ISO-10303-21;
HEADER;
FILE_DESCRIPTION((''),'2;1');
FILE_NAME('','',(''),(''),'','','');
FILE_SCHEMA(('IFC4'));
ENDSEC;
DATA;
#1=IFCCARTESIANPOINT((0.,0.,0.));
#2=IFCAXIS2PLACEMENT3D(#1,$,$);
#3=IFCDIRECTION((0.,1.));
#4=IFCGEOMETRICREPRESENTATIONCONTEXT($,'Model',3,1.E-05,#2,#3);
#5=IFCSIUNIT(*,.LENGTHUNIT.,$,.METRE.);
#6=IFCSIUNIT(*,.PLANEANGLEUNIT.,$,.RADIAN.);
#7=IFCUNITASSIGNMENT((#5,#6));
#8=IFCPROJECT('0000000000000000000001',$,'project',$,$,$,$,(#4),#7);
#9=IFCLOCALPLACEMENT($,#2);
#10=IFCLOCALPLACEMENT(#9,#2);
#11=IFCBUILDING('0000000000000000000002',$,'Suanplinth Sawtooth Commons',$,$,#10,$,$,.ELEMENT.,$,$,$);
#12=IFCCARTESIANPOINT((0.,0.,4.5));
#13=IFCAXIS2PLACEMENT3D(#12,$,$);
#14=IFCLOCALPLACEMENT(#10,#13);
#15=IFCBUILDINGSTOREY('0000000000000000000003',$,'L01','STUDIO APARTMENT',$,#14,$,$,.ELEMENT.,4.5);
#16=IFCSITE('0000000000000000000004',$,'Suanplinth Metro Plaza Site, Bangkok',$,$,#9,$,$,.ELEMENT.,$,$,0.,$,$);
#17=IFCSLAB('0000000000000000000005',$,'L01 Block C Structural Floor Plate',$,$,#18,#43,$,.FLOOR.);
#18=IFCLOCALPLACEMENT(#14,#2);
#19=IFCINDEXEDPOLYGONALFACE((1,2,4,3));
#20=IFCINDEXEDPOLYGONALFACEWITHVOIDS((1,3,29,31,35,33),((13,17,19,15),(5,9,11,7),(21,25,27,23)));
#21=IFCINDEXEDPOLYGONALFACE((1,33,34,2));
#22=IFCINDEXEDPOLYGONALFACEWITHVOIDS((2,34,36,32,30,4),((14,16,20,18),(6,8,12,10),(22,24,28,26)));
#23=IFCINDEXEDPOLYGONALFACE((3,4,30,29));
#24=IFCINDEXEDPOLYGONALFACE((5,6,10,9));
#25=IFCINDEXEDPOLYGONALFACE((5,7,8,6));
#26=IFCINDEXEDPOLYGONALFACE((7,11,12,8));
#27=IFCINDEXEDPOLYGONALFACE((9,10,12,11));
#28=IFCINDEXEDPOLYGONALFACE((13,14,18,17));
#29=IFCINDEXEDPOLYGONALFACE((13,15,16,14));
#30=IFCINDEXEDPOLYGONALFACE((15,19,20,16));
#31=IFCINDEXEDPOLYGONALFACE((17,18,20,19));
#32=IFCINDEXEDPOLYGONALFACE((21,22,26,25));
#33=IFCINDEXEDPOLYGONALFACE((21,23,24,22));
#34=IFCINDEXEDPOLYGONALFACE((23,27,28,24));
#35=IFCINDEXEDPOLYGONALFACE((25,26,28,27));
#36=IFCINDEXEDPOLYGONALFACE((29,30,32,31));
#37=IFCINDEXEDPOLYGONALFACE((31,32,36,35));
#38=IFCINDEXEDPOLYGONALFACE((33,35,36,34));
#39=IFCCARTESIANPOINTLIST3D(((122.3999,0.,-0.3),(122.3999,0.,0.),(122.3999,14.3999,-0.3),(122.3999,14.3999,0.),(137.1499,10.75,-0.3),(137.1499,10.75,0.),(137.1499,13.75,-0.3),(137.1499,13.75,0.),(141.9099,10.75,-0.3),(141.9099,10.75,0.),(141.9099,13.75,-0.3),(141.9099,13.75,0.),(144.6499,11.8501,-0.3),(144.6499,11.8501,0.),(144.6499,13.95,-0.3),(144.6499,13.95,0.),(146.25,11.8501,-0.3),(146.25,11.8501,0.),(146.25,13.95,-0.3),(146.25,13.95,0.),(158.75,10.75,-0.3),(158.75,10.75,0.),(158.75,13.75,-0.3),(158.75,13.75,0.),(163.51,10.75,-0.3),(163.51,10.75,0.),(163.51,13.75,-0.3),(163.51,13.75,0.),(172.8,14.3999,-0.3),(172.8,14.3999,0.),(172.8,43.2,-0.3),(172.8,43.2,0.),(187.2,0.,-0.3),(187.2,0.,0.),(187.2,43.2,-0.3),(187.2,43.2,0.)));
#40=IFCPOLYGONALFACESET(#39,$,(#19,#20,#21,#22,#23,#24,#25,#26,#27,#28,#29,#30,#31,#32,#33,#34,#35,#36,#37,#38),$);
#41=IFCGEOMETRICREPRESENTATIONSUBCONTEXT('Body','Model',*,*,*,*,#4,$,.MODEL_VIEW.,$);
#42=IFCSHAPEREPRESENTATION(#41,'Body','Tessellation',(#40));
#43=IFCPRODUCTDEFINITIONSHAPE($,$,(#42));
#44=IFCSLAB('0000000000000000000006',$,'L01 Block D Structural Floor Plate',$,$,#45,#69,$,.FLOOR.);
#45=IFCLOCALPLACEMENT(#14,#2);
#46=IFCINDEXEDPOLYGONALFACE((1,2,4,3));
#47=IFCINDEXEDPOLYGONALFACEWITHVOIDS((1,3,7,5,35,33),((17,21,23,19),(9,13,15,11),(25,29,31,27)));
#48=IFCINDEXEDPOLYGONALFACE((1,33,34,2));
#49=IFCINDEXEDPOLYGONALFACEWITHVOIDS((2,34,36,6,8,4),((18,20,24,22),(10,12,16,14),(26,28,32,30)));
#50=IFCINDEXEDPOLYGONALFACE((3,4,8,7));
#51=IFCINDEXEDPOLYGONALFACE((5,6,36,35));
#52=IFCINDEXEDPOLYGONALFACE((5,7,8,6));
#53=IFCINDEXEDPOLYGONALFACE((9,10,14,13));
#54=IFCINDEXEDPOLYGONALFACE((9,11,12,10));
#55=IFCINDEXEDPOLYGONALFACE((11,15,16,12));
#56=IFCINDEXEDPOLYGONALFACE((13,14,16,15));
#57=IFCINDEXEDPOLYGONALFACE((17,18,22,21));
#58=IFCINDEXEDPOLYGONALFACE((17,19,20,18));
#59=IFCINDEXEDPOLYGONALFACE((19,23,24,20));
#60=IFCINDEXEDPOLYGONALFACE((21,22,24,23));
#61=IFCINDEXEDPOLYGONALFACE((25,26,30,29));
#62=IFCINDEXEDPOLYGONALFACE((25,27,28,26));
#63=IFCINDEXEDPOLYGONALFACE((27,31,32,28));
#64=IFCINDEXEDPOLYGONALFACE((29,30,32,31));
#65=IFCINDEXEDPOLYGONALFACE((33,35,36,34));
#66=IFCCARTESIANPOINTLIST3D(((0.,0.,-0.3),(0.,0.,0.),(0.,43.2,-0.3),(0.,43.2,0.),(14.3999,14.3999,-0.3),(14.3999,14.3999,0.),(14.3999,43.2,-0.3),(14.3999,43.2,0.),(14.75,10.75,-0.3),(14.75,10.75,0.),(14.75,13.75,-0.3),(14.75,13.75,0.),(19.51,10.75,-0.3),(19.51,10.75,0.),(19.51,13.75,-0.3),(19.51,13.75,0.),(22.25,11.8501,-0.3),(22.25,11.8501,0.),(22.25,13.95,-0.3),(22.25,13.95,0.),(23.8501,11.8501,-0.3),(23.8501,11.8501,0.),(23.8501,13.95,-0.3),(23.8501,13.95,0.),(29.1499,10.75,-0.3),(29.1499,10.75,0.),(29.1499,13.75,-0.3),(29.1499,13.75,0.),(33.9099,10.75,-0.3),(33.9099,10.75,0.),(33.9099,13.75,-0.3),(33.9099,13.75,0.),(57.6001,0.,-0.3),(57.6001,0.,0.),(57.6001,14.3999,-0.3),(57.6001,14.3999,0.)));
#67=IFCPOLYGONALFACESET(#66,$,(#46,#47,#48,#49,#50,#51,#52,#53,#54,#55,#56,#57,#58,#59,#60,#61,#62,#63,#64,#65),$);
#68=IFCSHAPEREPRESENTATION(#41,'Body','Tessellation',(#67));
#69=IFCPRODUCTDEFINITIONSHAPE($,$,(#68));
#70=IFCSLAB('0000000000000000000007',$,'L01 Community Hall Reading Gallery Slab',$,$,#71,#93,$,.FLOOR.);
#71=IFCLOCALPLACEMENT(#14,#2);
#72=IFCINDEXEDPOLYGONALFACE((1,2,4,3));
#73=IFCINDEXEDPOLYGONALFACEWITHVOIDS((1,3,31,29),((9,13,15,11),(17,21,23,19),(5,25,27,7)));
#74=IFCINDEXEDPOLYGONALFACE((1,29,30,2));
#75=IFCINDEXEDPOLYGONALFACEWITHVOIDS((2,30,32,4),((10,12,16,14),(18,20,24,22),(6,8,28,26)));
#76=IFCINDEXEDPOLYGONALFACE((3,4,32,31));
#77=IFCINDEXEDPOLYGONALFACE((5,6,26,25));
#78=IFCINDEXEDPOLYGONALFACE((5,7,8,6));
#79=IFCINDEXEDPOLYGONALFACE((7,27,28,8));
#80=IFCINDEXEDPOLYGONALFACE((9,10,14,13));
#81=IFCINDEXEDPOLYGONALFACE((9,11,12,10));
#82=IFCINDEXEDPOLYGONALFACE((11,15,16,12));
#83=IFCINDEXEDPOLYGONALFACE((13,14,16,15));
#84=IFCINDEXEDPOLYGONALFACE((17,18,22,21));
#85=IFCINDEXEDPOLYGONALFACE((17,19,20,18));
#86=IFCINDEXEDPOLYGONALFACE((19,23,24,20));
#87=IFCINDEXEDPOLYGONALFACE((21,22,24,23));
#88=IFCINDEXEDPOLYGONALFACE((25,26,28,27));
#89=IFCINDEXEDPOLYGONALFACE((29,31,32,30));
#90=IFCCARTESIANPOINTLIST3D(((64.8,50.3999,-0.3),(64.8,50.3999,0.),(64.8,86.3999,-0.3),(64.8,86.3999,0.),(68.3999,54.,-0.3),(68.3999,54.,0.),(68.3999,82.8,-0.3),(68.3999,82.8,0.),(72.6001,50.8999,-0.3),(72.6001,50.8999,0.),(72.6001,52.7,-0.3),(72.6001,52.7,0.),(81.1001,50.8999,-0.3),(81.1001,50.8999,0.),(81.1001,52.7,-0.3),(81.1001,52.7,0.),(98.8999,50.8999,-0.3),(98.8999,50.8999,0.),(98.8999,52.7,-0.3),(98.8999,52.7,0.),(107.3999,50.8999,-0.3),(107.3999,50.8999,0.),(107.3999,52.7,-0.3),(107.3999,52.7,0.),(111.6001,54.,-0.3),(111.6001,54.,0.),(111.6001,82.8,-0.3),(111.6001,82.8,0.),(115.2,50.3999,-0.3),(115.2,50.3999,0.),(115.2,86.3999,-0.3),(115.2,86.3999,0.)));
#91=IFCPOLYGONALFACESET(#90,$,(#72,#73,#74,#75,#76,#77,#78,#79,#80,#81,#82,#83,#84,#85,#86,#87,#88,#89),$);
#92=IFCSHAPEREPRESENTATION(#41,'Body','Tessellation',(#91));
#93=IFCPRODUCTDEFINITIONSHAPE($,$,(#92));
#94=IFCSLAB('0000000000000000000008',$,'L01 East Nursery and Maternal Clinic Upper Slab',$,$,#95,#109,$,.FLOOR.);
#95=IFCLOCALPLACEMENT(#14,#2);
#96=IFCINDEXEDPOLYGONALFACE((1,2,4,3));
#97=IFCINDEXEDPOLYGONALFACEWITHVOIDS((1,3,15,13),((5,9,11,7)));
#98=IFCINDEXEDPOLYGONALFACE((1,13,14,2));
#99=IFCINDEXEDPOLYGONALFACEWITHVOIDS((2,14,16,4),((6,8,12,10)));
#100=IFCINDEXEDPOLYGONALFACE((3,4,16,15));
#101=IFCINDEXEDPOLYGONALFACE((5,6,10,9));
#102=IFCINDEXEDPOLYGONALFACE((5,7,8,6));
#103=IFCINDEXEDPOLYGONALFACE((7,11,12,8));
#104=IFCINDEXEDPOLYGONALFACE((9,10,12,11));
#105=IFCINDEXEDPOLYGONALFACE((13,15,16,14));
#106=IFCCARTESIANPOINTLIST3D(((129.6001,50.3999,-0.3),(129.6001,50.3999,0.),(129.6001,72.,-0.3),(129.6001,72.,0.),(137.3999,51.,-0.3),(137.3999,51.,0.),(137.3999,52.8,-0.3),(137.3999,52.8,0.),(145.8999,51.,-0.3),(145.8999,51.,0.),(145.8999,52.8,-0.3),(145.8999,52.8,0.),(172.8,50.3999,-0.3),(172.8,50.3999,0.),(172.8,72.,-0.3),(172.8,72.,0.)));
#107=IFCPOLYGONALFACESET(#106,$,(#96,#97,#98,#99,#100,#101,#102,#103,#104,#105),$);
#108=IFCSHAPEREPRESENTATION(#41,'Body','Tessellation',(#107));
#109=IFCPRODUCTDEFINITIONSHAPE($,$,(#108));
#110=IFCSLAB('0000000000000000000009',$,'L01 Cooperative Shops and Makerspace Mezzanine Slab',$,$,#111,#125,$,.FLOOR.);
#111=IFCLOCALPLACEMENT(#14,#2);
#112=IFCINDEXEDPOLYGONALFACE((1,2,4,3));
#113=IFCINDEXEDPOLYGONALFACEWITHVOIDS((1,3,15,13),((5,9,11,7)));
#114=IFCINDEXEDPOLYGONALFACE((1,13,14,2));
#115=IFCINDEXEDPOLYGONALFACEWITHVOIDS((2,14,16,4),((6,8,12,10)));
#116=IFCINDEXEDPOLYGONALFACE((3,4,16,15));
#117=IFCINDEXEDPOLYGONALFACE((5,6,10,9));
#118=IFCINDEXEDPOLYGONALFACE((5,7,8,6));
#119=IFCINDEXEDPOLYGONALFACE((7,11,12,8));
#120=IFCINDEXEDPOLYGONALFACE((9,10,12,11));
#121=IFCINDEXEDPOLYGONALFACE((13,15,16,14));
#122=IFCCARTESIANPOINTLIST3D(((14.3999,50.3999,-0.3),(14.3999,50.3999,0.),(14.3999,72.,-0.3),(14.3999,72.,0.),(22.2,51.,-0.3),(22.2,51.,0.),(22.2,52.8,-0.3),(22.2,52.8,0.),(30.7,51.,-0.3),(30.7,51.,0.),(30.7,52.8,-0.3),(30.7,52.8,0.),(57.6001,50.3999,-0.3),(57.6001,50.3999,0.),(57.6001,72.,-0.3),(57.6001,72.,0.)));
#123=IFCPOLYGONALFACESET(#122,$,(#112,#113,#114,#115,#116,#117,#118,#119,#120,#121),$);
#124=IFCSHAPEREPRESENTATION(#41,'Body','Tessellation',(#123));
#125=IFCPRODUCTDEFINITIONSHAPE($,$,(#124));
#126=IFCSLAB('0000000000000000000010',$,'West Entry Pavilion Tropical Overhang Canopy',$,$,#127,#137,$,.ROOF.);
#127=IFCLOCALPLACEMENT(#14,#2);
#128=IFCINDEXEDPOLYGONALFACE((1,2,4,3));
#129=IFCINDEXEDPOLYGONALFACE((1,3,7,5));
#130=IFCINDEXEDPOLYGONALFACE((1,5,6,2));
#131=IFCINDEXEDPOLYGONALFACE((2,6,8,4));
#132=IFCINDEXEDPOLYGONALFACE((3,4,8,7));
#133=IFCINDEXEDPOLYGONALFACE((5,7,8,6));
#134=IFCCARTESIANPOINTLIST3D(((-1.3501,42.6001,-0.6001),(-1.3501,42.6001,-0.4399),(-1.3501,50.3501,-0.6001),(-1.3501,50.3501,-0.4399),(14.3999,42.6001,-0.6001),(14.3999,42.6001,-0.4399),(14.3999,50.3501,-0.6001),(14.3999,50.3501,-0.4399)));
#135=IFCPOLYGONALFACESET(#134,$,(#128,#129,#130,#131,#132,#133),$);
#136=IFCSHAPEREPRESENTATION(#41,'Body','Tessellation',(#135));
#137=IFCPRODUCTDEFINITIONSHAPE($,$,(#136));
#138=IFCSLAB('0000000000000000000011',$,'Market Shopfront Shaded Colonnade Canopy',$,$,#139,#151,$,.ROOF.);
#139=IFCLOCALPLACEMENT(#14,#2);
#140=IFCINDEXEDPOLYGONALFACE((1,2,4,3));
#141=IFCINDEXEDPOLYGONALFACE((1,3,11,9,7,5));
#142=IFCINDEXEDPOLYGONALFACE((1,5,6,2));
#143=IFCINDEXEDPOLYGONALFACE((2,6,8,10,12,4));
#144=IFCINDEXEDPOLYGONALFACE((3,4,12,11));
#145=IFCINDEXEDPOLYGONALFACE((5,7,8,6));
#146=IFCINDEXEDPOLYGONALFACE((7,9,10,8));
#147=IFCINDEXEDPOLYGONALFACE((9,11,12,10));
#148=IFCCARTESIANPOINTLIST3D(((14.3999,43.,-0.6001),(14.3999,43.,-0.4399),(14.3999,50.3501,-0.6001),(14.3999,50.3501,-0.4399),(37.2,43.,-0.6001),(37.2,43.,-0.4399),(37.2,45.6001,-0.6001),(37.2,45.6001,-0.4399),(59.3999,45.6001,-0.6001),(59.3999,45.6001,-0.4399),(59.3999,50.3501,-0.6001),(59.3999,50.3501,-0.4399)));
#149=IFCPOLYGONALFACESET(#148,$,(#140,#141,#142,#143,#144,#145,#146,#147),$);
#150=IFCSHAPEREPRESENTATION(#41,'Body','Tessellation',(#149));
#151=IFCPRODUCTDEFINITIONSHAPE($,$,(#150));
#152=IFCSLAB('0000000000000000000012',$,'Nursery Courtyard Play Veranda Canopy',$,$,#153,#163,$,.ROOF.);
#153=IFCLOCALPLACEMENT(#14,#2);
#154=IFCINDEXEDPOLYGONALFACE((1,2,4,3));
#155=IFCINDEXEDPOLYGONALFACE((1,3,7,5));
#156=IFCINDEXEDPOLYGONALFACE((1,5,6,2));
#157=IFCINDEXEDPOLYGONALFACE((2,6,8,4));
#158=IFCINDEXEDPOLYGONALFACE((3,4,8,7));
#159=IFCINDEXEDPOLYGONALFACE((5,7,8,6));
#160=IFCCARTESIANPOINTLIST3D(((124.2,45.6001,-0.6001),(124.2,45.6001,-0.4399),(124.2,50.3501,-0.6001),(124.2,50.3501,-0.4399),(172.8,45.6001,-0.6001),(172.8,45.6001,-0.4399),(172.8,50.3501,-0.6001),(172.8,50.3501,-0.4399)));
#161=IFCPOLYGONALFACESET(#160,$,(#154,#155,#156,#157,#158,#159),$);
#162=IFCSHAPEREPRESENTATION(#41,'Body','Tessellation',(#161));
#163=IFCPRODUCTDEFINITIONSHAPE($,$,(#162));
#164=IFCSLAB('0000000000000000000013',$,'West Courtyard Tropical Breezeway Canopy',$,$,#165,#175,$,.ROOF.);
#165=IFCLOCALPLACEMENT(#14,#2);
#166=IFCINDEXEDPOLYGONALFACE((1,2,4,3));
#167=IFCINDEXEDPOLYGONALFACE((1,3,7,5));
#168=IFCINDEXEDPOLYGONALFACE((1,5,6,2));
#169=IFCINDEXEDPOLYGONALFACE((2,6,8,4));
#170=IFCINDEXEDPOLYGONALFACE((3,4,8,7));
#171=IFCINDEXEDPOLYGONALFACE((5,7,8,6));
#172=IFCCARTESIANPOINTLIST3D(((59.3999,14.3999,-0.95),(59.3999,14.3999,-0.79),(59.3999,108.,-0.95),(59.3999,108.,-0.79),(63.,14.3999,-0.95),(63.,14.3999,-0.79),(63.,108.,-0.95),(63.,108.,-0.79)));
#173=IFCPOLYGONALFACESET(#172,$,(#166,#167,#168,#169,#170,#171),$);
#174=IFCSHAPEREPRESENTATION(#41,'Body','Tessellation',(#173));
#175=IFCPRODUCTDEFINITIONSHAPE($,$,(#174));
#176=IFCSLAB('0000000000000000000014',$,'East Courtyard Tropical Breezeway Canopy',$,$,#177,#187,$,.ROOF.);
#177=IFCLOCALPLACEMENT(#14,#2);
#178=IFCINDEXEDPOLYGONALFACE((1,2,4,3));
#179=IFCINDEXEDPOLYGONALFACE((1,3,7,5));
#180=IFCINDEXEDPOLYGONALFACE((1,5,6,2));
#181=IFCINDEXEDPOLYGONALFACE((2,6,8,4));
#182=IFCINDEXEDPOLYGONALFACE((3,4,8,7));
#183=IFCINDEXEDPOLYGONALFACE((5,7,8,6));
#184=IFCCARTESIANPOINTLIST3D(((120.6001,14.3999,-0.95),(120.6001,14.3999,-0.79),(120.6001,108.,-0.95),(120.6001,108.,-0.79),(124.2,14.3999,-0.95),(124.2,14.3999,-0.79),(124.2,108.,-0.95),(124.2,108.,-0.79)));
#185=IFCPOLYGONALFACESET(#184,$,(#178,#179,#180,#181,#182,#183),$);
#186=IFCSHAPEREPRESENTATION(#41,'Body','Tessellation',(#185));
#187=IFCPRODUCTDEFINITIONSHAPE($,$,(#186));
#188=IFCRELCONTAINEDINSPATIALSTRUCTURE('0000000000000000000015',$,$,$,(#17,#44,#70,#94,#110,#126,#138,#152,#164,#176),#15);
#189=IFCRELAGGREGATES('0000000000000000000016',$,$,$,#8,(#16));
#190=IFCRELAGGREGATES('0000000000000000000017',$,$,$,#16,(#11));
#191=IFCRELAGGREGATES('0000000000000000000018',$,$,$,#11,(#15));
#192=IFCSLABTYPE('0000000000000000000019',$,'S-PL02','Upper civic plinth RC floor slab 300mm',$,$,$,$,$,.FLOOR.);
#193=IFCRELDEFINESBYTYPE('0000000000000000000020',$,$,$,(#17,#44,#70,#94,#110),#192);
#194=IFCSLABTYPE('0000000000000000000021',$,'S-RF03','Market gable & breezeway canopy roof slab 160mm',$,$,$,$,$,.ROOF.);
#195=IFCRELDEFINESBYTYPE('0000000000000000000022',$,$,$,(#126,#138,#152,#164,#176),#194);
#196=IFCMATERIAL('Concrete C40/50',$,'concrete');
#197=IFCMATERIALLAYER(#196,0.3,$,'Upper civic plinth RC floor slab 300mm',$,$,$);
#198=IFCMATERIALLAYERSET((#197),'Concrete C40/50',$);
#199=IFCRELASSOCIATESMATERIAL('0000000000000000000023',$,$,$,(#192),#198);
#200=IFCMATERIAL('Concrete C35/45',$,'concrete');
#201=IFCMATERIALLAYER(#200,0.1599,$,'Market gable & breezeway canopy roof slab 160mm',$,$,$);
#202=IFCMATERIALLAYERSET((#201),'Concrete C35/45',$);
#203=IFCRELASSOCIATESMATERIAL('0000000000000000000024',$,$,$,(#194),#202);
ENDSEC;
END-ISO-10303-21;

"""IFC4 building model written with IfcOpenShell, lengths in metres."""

from ifc_helpers import new_model, si_unit, direction, frame, origin, place, context, subcontext, project, spatial, polyline, outline, extrude, material, layer, layer_set, type_object, element, save


model = new_model("IFC4")

# Units and contexts
model_context = context("Model", 3, precision=1e-05, world=origin(), true_north=direction((0.0, 1.0)))
body_context = subcontext(model_context, "Body", "Model", "MODEL_VIEW")
ifc_project = project(units=[si_unit("LENGTHUNIT", "METRE"), si_unit("PLANEANGLEUNIT", "RADIAN")], contexts=[model_context])

# Site, building, storey
site_placement = place(None, origin())
site = spatial("IfcSite", under=ifc_project, at=site_placement, Name="Suanplinth Metro Plaza Site, Bangkok", CompositionType="ELEMENT", RefElevation=0.0)
building_placement = place(site_placement, origin())
building = spatial("IfcBuilding", under=site, at=building_placement, Name="Suanplinth Sawtooth Commons", CompositionType="ELEMENT")
storey_placement = place(building_placement, frame((0.0, 0.0, 4.5)))
storey = spatial("IfcBuildingStorey", under=building, at=storey_placement, Name="L01", Description="STUDIO APARTMENT", CompositionType="ELEMENT", Elevation=4.5)

# Shared definitions
ifc_material_1 = material(Name="Concrete C40/50", Category="concrete")

# Slabs
ifc_layer_1 = layer(ifc_material_1, 0.3, Name="Upper civic plinth RC floor slab 300mm")
ifc_layer_set_1 = layer_set([ifc_layer_1], Name="Concrete C40/50")
slab_type_1 = type_object("IfcSlabType", Name="S-PL02", Description="Upper civic plinth RC floor slab 300mm", PredefinedType="FLOOR", material=ifc_layer_set_1)
slab_1_placement = place(storey_placement, frame((0.0, 0.0, -0.3)))
element("IfcSlab", 1, at=slab_1_placement, inside=storey, type_object=slab_type_1, Name="L01 Block C Structural Floor Plate", PredefinedType="FLOOR", context=body_context, shape_type="SweptSolid", body=[
    extrude(outline(polyline([(187.2, 0.0), (122.3999, 0.0), (122.3999, 14.3999), (172.8, 14.3999), (172.8, 43.2), (187.2, 43.2), (187.2, 0.0)]), holes=[polyline([(137.1499, 10.75), (141.9099, 10.75), (141.9099, 13.75), (137.1499, 13.75), (137.1499, 10.75)]), polyline([(144.6499, 11.8501), (146.25, 11.8501), (146.25, 13.95), (144.6499, 13.95), (144.6499, 11.8501)]), polyline([(158.75, 10.75), (163.51, 10.75), (163.51, 13.75), (158.75, 13.75), (158.75, 10.75)])]), origin(), (0.0, 0.0, 1.0), 0.3),
])
slab_2_placement = place(storey_placement, frame((0.0, 0.0, -0.3)))
element("IfcSlab", 2, at=slab_2_placement, inside=storey, type_object=slab_type_1, Name="L01 Block D Structural Floor Plate", PredefinedType="FLOOR", context=body_context, shape_type="SweptSolid", body=[
    extrude(outline(polyline([(0.0, 0.0), (0.0, 43.2), (14.3999, 43.2), (14.3999, 14.3999), (57.6001, 14.3999), (57.6001, 0.0), (0.0, 0.0)]), holes=[polyline([(14.75, 10.75), (19.51, 10.75), (19.51, 13.75), (14.75, 13.75), (14.75, 10.75)]), polyline([(22.25, 11.8501), (23.8501, 11.8501), (23.8501, 13.95), (22.25, 13.95), (22.25, 11.8501)]), polyline([(29.1499, 10.75), (33.9099, 10.75), (33.9099, 13.75), (29.1499, 13.75), (29.1499, 10.75)])]), origin(), (0.0, 0.0, 1.0), 0.3),
])
slab_3_placement = place(storey_placement, frame((0.0, 0.0, -0.3)))
element("IfcSlab", 3, at=slab_3_placement, inside=storey, type_object=slab_type_1, Name="L01 Community Hall Reading Gallery Slab", PredefinedType="FLOOR", context=body_context, shape_type="SweptSolid", body=[
    extrude(outline(polyline([(64.8, 50.3999), (115.2, 50.3999), (115.2, 86.3999), (64.8, 86.3999), (64.8, 50.3999)]), holes=[polyline([(68.3999, 54.0), (111.6001, 54.0), (111.6001, 82.8), (68.3999, 82.8), (68.3999, 54.0)]), polyline([(72.6001, 50.8999), (81.1001, 50.8999), (81.1001, 52.7), (72.6001, 52.7), (72.6001, 50.8999)]), polyline([(98.8999, 50.8999), (107.3999, 50.8999), (107.3999, 52.7), (98.8999, 52.7), (98.8999, 50.8999)])]), origin(), (0.0, 0.0, 1.0), 0.3),
])
slab_4_placement = place(storey_placement, frame((0.0, 0.0, -0.3)))
element("IfcSlab", 4, at=slab_4_placement, inside=storey, type_object=slab_type_1, Name="L01 East Nursery and Maternal Clinic Upper Slab", PredefinedType="FLOOR", context=body_context, shape_type="SweptSolid", body=[
    extrude(outline(polyline([(129.6001, 50.3999), (172.8, 50.3999), (172.8, 72.0), (129.6001, 72.0), (129.6001, 50.3999)]), holes=[polyline([(137.3999, 51.0), (145.8999, 51.0), (145.8999, 52.8), (137.3999, 52.8), (137.3999, 51.0)])]), origin(), (0.0, 0.0, 1.0), 0.3),
])
slab_5_placement = place(storey_placement, frame((0.0, 0.0, -0.3)))
element("IfcSlab", 5, at=slab_5_placement, inside=storey, type_object=slab_type_1, Name="L01 Cooperative Shops and Makerspace Mezzanine Slab", PredefinedType="FLOOR", context=body_context, shape_type="SweptSolid", body=[
    extrude(outline(polyline([(14.3999, 50.3999), (57.6001, 50.3999), (57.6001, 72.0), (14.3999, 72.0), (14.3999, 50.3999)]), holes=[polyline([(22.2, 51.0), (30.7, 51.0), (30.7, 52.8), (22.2, 52.8), (22.2, 51.0)])]), origin(), (0.0, 0.0, 1.0), 0.3),
])
ifc_material_2 = material(Name="Concrete C35/45", Category="concrete")
ifc_layer_2 = layer(ifc_material_2, 0.1599, Name="Market gable & breezeway canopy roof slab 160mm")
ifc_layer_set_2 = layer_set([ifc_layer_2], Name="Concrete C35/45")
slab_type_2 = type_object("IfcSlabType", Name="S-RF03", Description="Market gable & breezeway canopy roof slab 160mm", PredefinedType="ROOF", material=ifc_layer_set_2)
slab_6_placement = place(storey_placement, frame((0.0, 0.0, -0.6001)))
element("IfcSlab", 6, at=slab_6_placement, inside=storey, type_object=slab_type_2, Name="West Entry Pavilion Tropical Overhang Canopy", PredefinedType="ROOF", context=body_context, shape_type="SweptSolid", body=[
    extrude(outline(polyline([(-1.3501, 42.6001), (14.3999, 42.6001), (14.3999, 50.3501), (-1.3501, 50.3501), (-1.3501, 42.6001)])), origin(), (0.0, 0.0, 1.0), 0.1602),
])
slab_7_placement = place(storey_placement, frame((0.0, 0.0, -0.6001)))
element("IfcSlab", 7, at=slab_7_placement, inside=storey, type_object=slab_type_2, Name="Market Shopfront Shaded Colonnade Canopy", PredefinedType="ROOF", context=body_context, shape_type="SweptSolid", body=[
    extrude(outline(polyline([(14.3999, 43.0), (37.2, 43.0), (37.2, 45.6001), (59.3999, 45.6001), (59.3999, 50.3501), (14.3999, 50.3501), (14.3999, 43.0)])), origin(), (0.0, 0.0, 1.0), 0.1602),
])
slab_8_placement = place(storey_placement, frame((0.0, 0.0, -0.6001)))
element("IfcSlab", 8, at=slab_8_placement, inside=storey, type_object=slab_type_2, Name="Nursery Courtyard Play Veranda Canopy", PredefinedType="ROOF", context=body_context, shape_type="SweptSolid", body=[
    extrude(outline(polyline([(124.2, 45.6001), (172.8, 45.6001), (172.8, 50.3501), (124.2, 50.3501), (124.2, 45.6001)])), origin(), (0.0, 0.0, 1.0), 0.1602),
])
slab_9_placement = place(storey_placement, frame((0.0, 0.0, -0.95)))
element("IfcSlab", 9, at=slab_9_placement, inside=storey, type_object=slab_type_2, Name="West Courtyard Tropical Breezeway Canopy", PredefinedType="ROOF", context=body_context, shape_type="SweptSolid", body=[
    extrude(outline(polyline([(59.3999, 14.3999), (63.0, 14.3999), (63.0, 108.0), (59.3999, 108.0), (59.3999, 14.3999)])), origin(), (0.0, 0.0, 1.0), 0.1599),
])
slab_10_placement = place(storey_placement, frame((0.0, 0.0, -0.95)))
element("IfcSlab", 10, at=slab_10_placement, inside=storey, type_object=slab_type_2, Name="East Courtyard Tropical Breezeway Canopy", PredefinedType="ROOF", context=body_context, shape_type="SweptSolid", body=[
    extrude(outline(polyline([(120.6001, 14.3999), (124.2, 14.3999), (124.2, 108.0), (120.6001, 108.0), (120.6001, 14.3999)])), origin(), (0.0, 0.0, 1.0), 0.1599),
])

save(model, "model.ifc")
